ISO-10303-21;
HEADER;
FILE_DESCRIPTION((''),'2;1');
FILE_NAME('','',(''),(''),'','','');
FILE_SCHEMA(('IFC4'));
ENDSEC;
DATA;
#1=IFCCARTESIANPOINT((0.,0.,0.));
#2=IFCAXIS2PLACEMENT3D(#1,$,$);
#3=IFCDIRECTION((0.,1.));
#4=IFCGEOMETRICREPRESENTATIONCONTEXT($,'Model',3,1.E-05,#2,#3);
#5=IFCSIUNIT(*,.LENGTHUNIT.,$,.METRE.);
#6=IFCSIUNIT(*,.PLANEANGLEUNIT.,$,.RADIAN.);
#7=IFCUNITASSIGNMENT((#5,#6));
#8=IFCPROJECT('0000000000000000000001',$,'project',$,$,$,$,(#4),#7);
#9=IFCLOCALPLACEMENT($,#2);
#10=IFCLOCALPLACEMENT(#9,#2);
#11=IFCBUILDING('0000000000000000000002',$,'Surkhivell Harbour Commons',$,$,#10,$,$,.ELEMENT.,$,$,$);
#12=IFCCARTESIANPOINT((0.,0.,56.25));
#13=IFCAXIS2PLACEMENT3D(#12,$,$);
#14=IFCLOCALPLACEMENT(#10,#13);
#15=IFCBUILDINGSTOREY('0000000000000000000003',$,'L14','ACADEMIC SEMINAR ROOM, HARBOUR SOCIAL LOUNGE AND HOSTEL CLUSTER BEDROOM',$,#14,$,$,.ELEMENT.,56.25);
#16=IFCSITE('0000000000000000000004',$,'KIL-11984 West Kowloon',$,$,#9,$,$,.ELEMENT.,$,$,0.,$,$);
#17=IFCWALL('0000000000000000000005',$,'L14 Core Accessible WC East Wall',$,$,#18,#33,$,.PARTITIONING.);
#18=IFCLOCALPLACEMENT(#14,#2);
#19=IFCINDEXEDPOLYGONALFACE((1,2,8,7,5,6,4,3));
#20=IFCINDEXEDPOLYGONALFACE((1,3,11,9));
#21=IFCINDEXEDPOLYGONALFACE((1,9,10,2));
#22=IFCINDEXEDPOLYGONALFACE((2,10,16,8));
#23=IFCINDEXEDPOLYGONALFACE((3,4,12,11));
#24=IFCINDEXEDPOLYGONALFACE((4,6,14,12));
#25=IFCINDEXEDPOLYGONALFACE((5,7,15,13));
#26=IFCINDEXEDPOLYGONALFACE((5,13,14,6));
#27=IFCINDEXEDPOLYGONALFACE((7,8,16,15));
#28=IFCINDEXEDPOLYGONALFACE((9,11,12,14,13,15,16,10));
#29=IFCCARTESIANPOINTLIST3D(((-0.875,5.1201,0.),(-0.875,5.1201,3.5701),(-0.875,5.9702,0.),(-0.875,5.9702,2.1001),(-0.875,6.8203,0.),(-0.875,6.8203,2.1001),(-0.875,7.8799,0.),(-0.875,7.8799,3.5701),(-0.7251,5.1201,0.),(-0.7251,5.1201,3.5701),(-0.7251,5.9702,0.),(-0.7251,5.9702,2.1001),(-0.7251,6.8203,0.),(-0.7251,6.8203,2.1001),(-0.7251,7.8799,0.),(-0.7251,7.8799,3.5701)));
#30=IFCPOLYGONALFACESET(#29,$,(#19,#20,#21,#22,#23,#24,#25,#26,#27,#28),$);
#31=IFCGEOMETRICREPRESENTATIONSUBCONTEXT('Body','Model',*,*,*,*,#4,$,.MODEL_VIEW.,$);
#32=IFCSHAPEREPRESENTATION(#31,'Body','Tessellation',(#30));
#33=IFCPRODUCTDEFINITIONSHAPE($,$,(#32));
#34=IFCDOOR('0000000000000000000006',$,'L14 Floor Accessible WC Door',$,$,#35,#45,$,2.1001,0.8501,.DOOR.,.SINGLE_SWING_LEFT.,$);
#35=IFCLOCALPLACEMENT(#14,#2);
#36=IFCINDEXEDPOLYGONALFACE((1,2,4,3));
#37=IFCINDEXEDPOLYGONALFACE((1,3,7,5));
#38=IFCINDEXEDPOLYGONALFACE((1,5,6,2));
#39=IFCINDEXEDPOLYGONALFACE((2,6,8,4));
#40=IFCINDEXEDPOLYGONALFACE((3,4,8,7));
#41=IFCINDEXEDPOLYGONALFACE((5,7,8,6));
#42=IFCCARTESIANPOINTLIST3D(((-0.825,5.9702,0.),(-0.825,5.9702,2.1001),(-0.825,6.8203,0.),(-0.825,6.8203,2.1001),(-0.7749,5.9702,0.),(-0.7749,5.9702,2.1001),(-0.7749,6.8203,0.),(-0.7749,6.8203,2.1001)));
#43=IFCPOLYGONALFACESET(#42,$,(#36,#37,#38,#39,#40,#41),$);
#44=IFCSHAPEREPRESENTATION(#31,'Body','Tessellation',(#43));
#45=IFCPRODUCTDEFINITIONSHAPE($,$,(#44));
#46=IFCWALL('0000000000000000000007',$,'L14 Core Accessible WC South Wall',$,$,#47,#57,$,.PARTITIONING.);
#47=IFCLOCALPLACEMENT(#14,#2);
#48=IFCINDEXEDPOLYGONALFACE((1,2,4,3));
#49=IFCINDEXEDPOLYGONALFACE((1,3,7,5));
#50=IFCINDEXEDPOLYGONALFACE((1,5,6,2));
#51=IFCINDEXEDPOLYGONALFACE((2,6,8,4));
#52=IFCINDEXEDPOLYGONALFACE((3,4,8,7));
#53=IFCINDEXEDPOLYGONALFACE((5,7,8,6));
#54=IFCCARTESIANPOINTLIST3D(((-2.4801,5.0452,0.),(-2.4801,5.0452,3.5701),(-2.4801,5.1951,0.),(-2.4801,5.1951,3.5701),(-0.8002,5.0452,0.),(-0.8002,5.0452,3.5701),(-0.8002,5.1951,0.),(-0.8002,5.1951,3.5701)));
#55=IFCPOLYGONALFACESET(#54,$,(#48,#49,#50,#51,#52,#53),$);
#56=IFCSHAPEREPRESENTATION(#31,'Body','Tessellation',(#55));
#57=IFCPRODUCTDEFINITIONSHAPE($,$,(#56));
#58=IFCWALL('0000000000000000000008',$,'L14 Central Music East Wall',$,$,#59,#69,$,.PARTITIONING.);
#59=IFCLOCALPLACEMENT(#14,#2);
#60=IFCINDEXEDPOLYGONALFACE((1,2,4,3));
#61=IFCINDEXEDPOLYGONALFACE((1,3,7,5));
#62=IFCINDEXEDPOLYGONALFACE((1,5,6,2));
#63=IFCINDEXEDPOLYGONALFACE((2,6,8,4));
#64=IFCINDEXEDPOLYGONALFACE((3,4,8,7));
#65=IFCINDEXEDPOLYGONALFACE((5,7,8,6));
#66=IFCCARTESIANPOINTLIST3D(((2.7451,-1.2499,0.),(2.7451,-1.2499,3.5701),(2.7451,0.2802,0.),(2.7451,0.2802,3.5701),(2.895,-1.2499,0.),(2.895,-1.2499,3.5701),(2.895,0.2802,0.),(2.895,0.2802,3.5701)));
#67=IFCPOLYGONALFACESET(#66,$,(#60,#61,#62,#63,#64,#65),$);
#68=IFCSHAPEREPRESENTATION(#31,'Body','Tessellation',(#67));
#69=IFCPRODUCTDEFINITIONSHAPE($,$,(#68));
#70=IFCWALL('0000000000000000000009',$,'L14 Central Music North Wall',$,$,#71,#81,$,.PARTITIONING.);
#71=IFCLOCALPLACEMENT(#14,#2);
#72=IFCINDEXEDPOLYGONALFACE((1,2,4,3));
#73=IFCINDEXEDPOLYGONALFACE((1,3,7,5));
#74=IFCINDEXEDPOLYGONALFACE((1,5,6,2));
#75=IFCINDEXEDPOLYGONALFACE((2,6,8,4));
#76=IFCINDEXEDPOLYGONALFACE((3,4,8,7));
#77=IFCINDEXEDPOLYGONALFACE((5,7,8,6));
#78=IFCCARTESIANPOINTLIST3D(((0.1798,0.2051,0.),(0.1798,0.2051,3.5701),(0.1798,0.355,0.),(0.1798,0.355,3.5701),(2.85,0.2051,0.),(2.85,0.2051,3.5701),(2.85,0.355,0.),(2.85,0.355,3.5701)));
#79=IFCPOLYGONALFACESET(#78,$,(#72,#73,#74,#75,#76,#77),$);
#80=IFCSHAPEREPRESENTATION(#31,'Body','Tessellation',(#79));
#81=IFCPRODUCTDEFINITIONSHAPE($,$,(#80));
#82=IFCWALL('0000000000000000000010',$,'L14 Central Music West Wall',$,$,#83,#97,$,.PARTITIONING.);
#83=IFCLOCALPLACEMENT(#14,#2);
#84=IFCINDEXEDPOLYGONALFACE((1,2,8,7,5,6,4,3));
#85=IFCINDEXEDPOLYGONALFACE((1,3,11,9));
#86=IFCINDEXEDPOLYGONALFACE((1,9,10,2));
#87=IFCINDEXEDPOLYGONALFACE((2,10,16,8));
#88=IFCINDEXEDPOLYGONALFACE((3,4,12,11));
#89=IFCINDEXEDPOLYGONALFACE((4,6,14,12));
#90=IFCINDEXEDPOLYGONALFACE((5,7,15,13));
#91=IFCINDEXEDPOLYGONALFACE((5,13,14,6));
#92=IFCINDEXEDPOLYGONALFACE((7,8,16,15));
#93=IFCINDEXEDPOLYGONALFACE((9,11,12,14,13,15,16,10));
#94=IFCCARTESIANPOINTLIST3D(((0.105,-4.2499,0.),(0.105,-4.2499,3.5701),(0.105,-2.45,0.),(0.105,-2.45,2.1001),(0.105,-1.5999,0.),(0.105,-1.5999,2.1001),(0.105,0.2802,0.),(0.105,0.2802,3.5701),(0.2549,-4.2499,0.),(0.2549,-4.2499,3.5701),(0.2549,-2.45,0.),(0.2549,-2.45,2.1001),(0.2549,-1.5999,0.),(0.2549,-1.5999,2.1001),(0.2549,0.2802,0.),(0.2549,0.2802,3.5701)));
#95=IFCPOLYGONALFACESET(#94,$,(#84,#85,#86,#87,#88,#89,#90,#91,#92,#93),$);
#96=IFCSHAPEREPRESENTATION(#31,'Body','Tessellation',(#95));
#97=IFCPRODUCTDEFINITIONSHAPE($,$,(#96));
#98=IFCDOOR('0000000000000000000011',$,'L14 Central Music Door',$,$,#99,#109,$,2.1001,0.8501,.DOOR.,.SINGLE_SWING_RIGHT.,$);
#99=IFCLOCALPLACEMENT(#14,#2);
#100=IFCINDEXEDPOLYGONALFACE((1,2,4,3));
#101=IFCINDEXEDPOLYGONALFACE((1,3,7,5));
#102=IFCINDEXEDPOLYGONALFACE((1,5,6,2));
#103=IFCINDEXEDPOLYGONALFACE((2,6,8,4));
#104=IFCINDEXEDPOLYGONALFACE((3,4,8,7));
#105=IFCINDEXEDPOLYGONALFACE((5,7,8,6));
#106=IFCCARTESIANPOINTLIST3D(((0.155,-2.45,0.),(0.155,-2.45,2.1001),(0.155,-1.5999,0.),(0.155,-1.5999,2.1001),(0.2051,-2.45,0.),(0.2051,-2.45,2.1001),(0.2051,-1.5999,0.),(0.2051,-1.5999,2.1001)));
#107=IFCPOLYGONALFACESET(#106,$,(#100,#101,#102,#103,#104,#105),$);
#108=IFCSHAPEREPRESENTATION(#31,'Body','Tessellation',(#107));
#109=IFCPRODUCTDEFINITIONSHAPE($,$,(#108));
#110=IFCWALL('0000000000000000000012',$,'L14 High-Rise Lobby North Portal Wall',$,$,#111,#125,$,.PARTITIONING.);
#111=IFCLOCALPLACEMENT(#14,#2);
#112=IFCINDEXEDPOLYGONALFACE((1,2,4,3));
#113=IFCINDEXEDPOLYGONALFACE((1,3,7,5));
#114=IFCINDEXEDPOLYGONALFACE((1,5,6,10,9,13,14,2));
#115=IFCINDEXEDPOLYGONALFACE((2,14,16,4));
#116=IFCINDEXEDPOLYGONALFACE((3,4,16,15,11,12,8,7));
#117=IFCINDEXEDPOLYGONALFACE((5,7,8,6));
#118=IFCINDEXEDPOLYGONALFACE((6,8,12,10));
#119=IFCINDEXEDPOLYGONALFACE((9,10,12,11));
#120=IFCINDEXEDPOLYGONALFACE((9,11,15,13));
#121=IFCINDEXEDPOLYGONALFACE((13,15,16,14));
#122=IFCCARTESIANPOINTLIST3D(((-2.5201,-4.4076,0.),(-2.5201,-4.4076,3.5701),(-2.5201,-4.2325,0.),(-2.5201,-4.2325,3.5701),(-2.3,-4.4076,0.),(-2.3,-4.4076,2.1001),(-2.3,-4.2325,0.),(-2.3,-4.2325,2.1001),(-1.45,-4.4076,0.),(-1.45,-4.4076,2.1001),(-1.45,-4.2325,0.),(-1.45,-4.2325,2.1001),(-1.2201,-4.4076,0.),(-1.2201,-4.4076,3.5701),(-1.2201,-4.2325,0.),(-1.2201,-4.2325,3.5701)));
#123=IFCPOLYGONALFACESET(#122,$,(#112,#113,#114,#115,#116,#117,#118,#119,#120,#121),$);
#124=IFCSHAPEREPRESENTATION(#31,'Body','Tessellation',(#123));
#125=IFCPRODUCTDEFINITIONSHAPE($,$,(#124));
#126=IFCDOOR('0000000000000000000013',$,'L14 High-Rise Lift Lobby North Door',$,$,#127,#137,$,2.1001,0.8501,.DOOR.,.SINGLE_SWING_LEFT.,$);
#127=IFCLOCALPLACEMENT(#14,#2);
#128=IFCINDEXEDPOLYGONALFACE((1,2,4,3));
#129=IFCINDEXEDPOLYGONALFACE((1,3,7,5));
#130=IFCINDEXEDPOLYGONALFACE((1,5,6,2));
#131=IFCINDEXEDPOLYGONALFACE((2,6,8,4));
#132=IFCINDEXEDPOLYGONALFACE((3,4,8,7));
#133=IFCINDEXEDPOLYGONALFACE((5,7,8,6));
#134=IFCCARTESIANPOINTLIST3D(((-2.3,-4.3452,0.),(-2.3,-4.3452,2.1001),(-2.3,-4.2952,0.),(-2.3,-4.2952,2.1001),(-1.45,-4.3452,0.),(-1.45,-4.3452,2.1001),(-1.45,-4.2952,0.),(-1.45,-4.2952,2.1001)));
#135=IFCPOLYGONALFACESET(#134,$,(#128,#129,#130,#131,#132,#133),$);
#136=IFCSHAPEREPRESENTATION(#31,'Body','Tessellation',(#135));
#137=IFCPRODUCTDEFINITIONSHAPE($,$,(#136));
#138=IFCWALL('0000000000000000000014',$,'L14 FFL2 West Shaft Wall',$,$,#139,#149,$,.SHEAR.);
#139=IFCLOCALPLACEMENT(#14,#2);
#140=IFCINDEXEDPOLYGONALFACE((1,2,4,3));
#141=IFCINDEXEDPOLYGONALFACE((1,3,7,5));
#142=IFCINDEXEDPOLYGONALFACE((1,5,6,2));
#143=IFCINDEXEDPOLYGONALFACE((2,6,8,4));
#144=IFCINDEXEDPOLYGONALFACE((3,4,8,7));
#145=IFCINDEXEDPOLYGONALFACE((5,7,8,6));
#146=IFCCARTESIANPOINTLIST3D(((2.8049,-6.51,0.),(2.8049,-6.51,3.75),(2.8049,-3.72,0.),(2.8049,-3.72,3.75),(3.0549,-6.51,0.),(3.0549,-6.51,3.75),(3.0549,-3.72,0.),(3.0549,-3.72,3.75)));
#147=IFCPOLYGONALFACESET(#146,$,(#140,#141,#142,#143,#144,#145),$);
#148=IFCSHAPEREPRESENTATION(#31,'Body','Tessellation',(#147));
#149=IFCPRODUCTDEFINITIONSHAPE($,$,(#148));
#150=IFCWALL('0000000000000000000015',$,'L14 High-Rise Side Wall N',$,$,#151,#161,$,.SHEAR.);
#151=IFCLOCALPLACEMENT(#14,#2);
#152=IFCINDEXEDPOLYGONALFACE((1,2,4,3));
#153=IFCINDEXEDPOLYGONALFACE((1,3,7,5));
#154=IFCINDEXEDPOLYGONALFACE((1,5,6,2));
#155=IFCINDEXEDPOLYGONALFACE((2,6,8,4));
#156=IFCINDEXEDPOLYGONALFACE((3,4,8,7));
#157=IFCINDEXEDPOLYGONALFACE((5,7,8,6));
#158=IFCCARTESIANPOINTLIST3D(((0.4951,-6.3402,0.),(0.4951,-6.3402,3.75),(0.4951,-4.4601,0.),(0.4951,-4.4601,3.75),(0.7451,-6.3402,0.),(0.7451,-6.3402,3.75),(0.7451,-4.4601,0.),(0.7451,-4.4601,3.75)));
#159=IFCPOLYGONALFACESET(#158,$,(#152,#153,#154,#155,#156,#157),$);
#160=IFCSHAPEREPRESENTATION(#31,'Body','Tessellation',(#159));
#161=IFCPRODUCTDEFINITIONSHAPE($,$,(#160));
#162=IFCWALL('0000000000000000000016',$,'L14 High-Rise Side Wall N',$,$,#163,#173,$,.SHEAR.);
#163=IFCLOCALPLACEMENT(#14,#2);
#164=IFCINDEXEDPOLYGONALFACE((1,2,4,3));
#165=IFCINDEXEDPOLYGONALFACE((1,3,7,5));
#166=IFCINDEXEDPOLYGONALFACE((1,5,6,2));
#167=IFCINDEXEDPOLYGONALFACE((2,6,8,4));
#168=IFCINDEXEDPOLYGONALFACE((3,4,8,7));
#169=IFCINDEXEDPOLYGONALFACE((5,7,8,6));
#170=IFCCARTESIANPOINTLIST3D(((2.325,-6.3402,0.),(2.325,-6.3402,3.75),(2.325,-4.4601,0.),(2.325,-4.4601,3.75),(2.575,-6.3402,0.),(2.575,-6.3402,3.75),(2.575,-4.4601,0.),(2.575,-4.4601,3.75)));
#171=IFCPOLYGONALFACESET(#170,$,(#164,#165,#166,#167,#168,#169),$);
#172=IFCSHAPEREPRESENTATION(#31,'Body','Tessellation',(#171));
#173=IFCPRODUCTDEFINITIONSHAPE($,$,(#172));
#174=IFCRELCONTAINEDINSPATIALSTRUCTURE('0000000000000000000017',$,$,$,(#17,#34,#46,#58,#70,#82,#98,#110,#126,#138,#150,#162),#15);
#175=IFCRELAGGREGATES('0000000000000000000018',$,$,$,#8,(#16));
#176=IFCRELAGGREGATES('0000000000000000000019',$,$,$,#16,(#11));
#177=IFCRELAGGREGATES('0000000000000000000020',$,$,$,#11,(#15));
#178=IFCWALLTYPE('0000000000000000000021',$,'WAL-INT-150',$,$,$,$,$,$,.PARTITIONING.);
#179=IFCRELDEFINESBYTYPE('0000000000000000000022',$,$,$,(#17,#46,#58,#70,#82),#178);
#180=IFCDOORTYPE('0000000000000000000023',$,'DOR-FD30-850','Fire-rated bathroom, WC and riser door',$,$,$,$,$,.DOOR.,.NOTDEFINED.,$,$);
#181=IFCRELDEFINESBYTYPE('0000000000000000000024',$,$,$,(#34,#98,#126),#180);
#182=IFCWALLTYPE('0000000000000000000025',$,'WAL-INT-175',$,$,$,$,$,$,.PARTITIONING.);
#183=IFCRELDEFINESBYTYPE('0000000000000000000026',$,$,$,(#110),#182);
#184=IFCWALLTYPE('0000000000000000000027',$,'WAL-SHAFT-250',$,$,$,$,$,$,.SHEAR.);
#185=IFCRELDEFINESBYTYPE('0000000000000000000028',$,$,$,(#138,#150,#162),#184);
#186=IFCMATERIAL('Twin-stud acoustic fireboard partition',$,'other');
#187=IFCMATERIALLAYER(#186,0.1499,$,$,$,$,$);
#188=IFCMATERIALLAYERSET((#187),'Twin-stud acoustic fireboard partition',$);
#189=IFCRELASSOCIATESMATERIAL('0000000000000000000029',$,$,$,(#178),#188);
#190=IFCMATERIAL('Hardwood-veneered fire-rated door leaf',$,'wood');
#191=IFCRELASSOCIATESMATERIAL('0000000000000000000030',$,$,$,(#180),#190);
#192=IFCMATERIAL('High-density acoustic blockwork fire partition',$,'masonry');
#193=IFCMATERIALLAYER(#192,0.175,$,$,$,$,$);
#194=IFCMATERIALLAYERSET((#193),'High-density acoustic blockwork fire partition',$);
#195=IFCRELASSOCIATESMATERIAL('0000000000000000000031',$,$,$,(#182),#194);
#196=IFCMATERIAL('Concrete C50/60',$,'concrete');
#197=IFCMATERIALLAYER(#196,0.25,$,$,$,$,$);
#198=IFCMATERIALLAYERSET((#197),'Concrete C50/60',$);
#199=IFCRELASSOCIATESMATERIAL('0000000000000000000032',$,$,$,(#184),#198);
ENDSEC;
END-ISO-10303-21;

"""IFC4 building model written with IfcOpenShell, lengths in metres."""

from ifc_helpers import new_model, si_unit, direction, frame, frame_2d, origin, place, context, subcontext, project, spatial, rectangle, extrude, material, layer, layer_set, type_object, element, fill, save


model = new_model("IFC4")

# Units and contexts
model_context = context("Model", 3, precision=1e-05, world=origin(), true_north=direction((0.0, 1.0)))
body_context = subcontext(model_context, "Body", "Model", "MODEL_VIEW")
ifc_project = project(units=[si_unit("LENGTHUNIT", "METRE"), si_unit("PLANEANGLEUNIT", "RADIAN")], contexts=[model_context])

# Site, building, storey
site_placement = place(None, origin())
site = spatial("IfcSite", under=ifc_project, at=site_placement, Name="KIL-11984 West Kowloon", CompositionType="ELEMENT", RefElevation=0.0)
building_placement = place(site_placement, origin())
building = spatial("IfcBuilding", under=site, at=building_placement, Name="Surkhivell Harbour Commons", CompositionType="ELEMENT")
storey_placement = place(building_placement, frame((0.0, 0.0, 56.25)))
storey = spatial("IfcBuildingStorey", under=building, at=storey_placement, Name="L14", Description="ACADEMIC SEMINAR ROOM, HARBOUR SOCIAL LOUNGE AND HOSTEL CLUSTER BEDROOM", CompositionType="ELEMENT", Elevation=56.25)

# Wall, opening, door
ifc_material_1 = material(Name="Twin-stud acoustic fireboard partition", Category="other")
ifc_layer_1 = layer(ifc_material_1, 0.1499)
ifc_layer_set_1 = layer_set([ifc_layer_1], Name="Twin-stud acoustic fireboard partition")
wall_type_1 = type_object("IfcWallType", Name="WAL-INT-150", PredefinedType="PARTITIONING", material=ifc_layer_set_1)
wall_1_placement = place(storey_placement, frame((-0.8, 5.1201, 0.0), z_axis=(0.0, 0.0, 1.0), x_axis=(0.0, 1.0, 0.0)))
wall_1 = element("IfcWall", 1, at=wall_1_placement, inside=storey, type_object=wall_type_1, Name="L14 Core Accessible WC East Wall", PredefinedType="PARTITIONING", context=body_context, shape_type="SweptSolid", body=[
    extrude(rectangle(XDim=2.7598, YDim=0.1499, at=frame_2d((1.3799, 0.0))), origin(), (0.0, 0.0, 1.0), 3.5701),
])
opening_1_placement = place(wall_1_placement, frame((0.8501, 0.0, 0.0)))
opening_1 = element("IfcOpeningElement", 2, at=opening_1_placement, cuts=wall_1, PredefinedType="OPENING", context=body_context, shape_type="SweptSolid", body=[
    extrude(rectangle(XDim=0.8501, YDim=2.1001, at=frame_2d((0.425, 1.05))), frame((0.0, 0.085, 0.0), z_axis=(0.0, -1.0, 0.0), x_axis=(1.0, 0.0, 0.0)), (0.0, 0.0, 1.0), 0.1699),
])
ifc_material_2 = material(Name="Hardwood-veneered fire-rated door leaf", Category="wood")
door_type_1 = type_object("IfcDoorType", Name="DOR-FD30-850", Description="Fire-rated bathroom, WC and riser door", OperationType="NOTDEFINED", PredefinedType="DOOR", material=ifc_material_2)
door_1_placement = place(opening_1_placement, origin())
door_1 = element("IfcDoor", 3, at=door_1_placement, inside=storey, type_object=door_type_1, Name="L14 Floor Accessible WC Door", OperationType="SINGLE_SWING_LEFT", OverallHeight=2.1001, OverallWidth=0.8501, PredefinedType="DOOR", context=body_context, shape_type="SweptSolid", body=[
    extrude(rectangle(XDim=0.8501, YDim=2.1001, at=frame_2d((0.425, 1.05))), frame((0.0, 0.0249, 0.0), z_axis=(0.0, -1.0, 0.0), x_axis=(1.0, 0.0, 0.0)), (0.0, 0.0, 1.0), 0.05),
])
fill(opening_1, door_1)

# Walls
wall_2_placement = place(storey_placement, frame((-2.48, 5.1201, 0.0), z_axis=(0.0, 0.0, 1.0), x_axis=(1.0, 0.0, 0.0)))
element("IfcWall", 4, at=wall_2_placement, inside=storey, type_object=wall_type_1, Name="L14 Core Accessible WC South Wall", PredefinedType="PARTITIONING", context=body_context, shape_type="SweptSolid", body=[
    extrude(rectangle(XDim=1.6799, YDim=0.1499, at=frame_2d((0.8398, 0.0))), origin(), (0.0, 0.0, 1.0), 3.5701),
])
wall_3_placement = place(storey_placement, frame((2.8201, -1.25, 0.0), z_axis=(0.0, 0.0, 1.0), x_axis=(0.0, 1.0, 0.0)))
element("IfcWall", 5, at=wall_3_placement, inside=storey, type_object=wall_type_1, Name="L14 Central Music East Wall", PredefinedType="PARTITIONING", context=body_context, shape_type="SweptSolid", body=[
    extrude(rectangle(XDim=1.53, YDim=0.1499, at=frame_2d((0.7651, 0.0))), origin(), (0.0, 0.0, 1.0), 3.5701),
])
wall_4_placement = place(storey_placement, frame((0.1799, 0.28, 0.0), z_axis=(0.0, 0.0, 1.0), x_axis=(1.0, 0.0, 0.0)))
element("IfcWall", 6, at=wall_4_placement, inside=storey, type_object=wall_type_1, Name="L14 Central Music North Wall", PredefinedType="PARTITIONING", context=body_context, shape_type="SweptSolid", body=[
    extrude(rectangle(XDim=2.6702, YDim=0.1499, at=frame_2d((1.335, 0.0))), origin(), (0.0, 0.0, 1.0), 3.5701),
])

# Walls, openings, doors
wall_5_placement = place(storey_placement, frame((0.1799, -4.25, 0.0), z_axis=(0.0, 0.0, 1.0), x_axis=(0.0, 1.0, 0.0)))
wall_5 = element("IfcWall", 7, at=wall_5_placement, inside=storey, type_object=wall_type_1, Name="L14 Central Music West Wall", PredefinedType="PARTITIONING", context=body_context, shape_type="SweptSolid", body=[
    extrude(rectangle(XDim=4.53, YDim=0.1499, at=frame_2d((2.2651, 0.0))), origin(), (0.0, 0.0, 1.0), 3.5701),
])
opening_2_placement = place(wall_5_placement, frame((1.8, 0.0, 0.0)))
opening_2 = element("IfcOpeningElement", 8, at=opening_2_placement, cuts=wall_5, PredefinedType="OPENING", context=body_context, shape_type="SweptSolid", body=[
    extrude(rectangle(XDim=0.8501, YDim=2.1001, at=frame_2d((0.425, 1.05))), frame((0.0, 0.085, 0.0), z_axis=(0.0, -1.0, 0.0), x_axis=(1.0, 0.0, 0.0)), (0.0, 0.0, 1.0), 0.1699),
])
door_2_placement = place(opening_2_placement, origin())
door_2 = element("IfcDoor", 9, at=door_2_placement, inside=storey, type_object=door_type_1, Name="L14 Central Music Door", OperationType="SINGLE_SWING_RIGHT", OverallHeight=2.1001, OverallWidth=0.8501, PredefinedType="DOOR", context=body_context, shape_type="SweptSolid", body=[
    extrude(rectangle(XDim=0.8501, YDim=2.1001, at=frame_2d((0.425, 1.05))), frame((0.0, 0.0249, 0.0), z_axis=(0.0, -1.0, 0.0), x_axis=(1.0, 0.0, 0.0)), (0.0, 0.0, 1.0), 0.05),
])
fill(opening_2, door_2)
ifc_material_3 = material(Name="High-density acoustic blockwork fire partition", Category="masonry")
ifc_layer_2 = layer(ifc_material_3, 0.175)
ifc_layer_set_2 = layer_set([ifc_layer_2], Name="High-density acoustic blockwork fire partition")
wall_type_2 = type_object("IfcWallType", Name="WAL-INT-175", PredefinedType="PARTITIONING", material=ifc_layer_set_2)
wall_6_placement = place(storey_placement, frame((-2.52, -4.3201, 0.0), z_axis=(0.0, 0.0, 1.0), x_axis=(1.0, 0.0, 0.0)))
wall_6 = element("IfcWall", 10, at=wall_6_placement, inside=storey, type_object=wall_type_2, Name="L14 High-Rise Lobby North Portal Wall", PredefinedType="PARTITIONING", context=body_context, shape_type="SweptSolid", body=[
    extrude(rectangle(XDim=1.3, YDim=0.175, at=frame_2d((0.6499, 0.0))), origin(), (0.0, 0.0, 1.0), 3.5701),
])
opening_3_placement = place(wall_6_placement, frame((0.22, 0.0, 0.0)))
opening_3 = element("IfcOpeningElement", 11, at=opening_3_placement, cuts=wall_6, PredefinedType="OPENING", context=body_context, shape_type="SweptSolid", body=[
    extrude(rectangle(XDim=0.8501, YDim=2.1001, at=frame_2d((0.425, 1.05))), frame((0.0, 0.0974, 0.0), z_axis=(0.0, -1.0, 0.0), x_axis=(1.0, 0.0, 0.0)), (0.0, 0.0, 1.0), 0.1951),
])
door_3_placement = place(opening_3_placement, origin())
door_3 = element("IfcDoor", 12, at=door_3_placement, inside=storey, type_object=door_type_1, Name="L14 High-Rise Lift Lobby North Door", OperationType="SINGLE_SWING_LEFT", OverallHeight=2.1001, OverallWidth=0.8501, PredefinedType="DOOR", context=body_context, shape_type="SweptSolid", body=[
    extrude(rectangle(XDim=0.8501, YDim=2.1001, at=frame_2d((0.425, 1.05))), frame((0.0, 0.0249, 0.0), z_axis=(0.0, -1.0, 0.0), x_axis=(1.0, 0.0, 0.0)), (0.0, 0.0, 1.0), 0.05),
])
fill(opening_3, door_3)

# Walls
ifc_material_4 = material(Name="Concrete C50/60", Category="concrete")
ifc_layer_3 = layer(ifc_material_4, 0.25)
ifc_layer_set_3 = layer_set([ifc_layer_3], Name="Concrete C50/60")
wall_type_3 = type_object("IfcWallType", Name="WAL-SHAFT-250", PredefinedType="SHEAR", material=ifc_layer_set_3)
wall_7_placement = place(storey_placement, frame((2.9299, -6.51, 0.0), z_axis=(0.0, 0.0, 1.0), x_axis=(0.0, 1.0, 0.0)))
element("IfcWall", 13, at=wall_7_placement, inside=storey, type_object=wall_type_3, Name="L14 FFL2 West Shaft Wall", PredefinedType="SHEAR", context=body_context, shape_type="SweptSolid", body=[
    extrude(rectangle(XDim=2.79, YDim=0.25, at=frame_2d((1.395, 0.0))), origin(), (0.0, 0.0, 1.0), 3.75),
])
for number, where, z_axis, x_axis, name in (
    (14, (0.6201, -6.3401, 0.0), (0.0, 0.0, 1.0), (0.0, 1.0, 0.0), "L14 High-Rise Side Wall N"),
    (15, (2.45, -6.3401, 0.0), (0.0, 0.0, 1.0), (0.0, 1.0, 0.0), "L14 High-Rise Side Wall N"),
):
    element("IfcWall", number, at=place(storey_placement, frame(where, z_axis=z_axis, x_axis=x_axis)), inside=storey, type_object=wall_type_3, Name=name, PredefinedType="SHEAR", context=body_context, shape_type="SweptSolid", body=[
        extrude(rectangle(XDim=1.8801, YDim=0.25, at=frame_2d((0.9399, 0.0))), origin(), (0.0, 0.0, 1.0), 3.75),
    ])

save(model, "model.ifc")
